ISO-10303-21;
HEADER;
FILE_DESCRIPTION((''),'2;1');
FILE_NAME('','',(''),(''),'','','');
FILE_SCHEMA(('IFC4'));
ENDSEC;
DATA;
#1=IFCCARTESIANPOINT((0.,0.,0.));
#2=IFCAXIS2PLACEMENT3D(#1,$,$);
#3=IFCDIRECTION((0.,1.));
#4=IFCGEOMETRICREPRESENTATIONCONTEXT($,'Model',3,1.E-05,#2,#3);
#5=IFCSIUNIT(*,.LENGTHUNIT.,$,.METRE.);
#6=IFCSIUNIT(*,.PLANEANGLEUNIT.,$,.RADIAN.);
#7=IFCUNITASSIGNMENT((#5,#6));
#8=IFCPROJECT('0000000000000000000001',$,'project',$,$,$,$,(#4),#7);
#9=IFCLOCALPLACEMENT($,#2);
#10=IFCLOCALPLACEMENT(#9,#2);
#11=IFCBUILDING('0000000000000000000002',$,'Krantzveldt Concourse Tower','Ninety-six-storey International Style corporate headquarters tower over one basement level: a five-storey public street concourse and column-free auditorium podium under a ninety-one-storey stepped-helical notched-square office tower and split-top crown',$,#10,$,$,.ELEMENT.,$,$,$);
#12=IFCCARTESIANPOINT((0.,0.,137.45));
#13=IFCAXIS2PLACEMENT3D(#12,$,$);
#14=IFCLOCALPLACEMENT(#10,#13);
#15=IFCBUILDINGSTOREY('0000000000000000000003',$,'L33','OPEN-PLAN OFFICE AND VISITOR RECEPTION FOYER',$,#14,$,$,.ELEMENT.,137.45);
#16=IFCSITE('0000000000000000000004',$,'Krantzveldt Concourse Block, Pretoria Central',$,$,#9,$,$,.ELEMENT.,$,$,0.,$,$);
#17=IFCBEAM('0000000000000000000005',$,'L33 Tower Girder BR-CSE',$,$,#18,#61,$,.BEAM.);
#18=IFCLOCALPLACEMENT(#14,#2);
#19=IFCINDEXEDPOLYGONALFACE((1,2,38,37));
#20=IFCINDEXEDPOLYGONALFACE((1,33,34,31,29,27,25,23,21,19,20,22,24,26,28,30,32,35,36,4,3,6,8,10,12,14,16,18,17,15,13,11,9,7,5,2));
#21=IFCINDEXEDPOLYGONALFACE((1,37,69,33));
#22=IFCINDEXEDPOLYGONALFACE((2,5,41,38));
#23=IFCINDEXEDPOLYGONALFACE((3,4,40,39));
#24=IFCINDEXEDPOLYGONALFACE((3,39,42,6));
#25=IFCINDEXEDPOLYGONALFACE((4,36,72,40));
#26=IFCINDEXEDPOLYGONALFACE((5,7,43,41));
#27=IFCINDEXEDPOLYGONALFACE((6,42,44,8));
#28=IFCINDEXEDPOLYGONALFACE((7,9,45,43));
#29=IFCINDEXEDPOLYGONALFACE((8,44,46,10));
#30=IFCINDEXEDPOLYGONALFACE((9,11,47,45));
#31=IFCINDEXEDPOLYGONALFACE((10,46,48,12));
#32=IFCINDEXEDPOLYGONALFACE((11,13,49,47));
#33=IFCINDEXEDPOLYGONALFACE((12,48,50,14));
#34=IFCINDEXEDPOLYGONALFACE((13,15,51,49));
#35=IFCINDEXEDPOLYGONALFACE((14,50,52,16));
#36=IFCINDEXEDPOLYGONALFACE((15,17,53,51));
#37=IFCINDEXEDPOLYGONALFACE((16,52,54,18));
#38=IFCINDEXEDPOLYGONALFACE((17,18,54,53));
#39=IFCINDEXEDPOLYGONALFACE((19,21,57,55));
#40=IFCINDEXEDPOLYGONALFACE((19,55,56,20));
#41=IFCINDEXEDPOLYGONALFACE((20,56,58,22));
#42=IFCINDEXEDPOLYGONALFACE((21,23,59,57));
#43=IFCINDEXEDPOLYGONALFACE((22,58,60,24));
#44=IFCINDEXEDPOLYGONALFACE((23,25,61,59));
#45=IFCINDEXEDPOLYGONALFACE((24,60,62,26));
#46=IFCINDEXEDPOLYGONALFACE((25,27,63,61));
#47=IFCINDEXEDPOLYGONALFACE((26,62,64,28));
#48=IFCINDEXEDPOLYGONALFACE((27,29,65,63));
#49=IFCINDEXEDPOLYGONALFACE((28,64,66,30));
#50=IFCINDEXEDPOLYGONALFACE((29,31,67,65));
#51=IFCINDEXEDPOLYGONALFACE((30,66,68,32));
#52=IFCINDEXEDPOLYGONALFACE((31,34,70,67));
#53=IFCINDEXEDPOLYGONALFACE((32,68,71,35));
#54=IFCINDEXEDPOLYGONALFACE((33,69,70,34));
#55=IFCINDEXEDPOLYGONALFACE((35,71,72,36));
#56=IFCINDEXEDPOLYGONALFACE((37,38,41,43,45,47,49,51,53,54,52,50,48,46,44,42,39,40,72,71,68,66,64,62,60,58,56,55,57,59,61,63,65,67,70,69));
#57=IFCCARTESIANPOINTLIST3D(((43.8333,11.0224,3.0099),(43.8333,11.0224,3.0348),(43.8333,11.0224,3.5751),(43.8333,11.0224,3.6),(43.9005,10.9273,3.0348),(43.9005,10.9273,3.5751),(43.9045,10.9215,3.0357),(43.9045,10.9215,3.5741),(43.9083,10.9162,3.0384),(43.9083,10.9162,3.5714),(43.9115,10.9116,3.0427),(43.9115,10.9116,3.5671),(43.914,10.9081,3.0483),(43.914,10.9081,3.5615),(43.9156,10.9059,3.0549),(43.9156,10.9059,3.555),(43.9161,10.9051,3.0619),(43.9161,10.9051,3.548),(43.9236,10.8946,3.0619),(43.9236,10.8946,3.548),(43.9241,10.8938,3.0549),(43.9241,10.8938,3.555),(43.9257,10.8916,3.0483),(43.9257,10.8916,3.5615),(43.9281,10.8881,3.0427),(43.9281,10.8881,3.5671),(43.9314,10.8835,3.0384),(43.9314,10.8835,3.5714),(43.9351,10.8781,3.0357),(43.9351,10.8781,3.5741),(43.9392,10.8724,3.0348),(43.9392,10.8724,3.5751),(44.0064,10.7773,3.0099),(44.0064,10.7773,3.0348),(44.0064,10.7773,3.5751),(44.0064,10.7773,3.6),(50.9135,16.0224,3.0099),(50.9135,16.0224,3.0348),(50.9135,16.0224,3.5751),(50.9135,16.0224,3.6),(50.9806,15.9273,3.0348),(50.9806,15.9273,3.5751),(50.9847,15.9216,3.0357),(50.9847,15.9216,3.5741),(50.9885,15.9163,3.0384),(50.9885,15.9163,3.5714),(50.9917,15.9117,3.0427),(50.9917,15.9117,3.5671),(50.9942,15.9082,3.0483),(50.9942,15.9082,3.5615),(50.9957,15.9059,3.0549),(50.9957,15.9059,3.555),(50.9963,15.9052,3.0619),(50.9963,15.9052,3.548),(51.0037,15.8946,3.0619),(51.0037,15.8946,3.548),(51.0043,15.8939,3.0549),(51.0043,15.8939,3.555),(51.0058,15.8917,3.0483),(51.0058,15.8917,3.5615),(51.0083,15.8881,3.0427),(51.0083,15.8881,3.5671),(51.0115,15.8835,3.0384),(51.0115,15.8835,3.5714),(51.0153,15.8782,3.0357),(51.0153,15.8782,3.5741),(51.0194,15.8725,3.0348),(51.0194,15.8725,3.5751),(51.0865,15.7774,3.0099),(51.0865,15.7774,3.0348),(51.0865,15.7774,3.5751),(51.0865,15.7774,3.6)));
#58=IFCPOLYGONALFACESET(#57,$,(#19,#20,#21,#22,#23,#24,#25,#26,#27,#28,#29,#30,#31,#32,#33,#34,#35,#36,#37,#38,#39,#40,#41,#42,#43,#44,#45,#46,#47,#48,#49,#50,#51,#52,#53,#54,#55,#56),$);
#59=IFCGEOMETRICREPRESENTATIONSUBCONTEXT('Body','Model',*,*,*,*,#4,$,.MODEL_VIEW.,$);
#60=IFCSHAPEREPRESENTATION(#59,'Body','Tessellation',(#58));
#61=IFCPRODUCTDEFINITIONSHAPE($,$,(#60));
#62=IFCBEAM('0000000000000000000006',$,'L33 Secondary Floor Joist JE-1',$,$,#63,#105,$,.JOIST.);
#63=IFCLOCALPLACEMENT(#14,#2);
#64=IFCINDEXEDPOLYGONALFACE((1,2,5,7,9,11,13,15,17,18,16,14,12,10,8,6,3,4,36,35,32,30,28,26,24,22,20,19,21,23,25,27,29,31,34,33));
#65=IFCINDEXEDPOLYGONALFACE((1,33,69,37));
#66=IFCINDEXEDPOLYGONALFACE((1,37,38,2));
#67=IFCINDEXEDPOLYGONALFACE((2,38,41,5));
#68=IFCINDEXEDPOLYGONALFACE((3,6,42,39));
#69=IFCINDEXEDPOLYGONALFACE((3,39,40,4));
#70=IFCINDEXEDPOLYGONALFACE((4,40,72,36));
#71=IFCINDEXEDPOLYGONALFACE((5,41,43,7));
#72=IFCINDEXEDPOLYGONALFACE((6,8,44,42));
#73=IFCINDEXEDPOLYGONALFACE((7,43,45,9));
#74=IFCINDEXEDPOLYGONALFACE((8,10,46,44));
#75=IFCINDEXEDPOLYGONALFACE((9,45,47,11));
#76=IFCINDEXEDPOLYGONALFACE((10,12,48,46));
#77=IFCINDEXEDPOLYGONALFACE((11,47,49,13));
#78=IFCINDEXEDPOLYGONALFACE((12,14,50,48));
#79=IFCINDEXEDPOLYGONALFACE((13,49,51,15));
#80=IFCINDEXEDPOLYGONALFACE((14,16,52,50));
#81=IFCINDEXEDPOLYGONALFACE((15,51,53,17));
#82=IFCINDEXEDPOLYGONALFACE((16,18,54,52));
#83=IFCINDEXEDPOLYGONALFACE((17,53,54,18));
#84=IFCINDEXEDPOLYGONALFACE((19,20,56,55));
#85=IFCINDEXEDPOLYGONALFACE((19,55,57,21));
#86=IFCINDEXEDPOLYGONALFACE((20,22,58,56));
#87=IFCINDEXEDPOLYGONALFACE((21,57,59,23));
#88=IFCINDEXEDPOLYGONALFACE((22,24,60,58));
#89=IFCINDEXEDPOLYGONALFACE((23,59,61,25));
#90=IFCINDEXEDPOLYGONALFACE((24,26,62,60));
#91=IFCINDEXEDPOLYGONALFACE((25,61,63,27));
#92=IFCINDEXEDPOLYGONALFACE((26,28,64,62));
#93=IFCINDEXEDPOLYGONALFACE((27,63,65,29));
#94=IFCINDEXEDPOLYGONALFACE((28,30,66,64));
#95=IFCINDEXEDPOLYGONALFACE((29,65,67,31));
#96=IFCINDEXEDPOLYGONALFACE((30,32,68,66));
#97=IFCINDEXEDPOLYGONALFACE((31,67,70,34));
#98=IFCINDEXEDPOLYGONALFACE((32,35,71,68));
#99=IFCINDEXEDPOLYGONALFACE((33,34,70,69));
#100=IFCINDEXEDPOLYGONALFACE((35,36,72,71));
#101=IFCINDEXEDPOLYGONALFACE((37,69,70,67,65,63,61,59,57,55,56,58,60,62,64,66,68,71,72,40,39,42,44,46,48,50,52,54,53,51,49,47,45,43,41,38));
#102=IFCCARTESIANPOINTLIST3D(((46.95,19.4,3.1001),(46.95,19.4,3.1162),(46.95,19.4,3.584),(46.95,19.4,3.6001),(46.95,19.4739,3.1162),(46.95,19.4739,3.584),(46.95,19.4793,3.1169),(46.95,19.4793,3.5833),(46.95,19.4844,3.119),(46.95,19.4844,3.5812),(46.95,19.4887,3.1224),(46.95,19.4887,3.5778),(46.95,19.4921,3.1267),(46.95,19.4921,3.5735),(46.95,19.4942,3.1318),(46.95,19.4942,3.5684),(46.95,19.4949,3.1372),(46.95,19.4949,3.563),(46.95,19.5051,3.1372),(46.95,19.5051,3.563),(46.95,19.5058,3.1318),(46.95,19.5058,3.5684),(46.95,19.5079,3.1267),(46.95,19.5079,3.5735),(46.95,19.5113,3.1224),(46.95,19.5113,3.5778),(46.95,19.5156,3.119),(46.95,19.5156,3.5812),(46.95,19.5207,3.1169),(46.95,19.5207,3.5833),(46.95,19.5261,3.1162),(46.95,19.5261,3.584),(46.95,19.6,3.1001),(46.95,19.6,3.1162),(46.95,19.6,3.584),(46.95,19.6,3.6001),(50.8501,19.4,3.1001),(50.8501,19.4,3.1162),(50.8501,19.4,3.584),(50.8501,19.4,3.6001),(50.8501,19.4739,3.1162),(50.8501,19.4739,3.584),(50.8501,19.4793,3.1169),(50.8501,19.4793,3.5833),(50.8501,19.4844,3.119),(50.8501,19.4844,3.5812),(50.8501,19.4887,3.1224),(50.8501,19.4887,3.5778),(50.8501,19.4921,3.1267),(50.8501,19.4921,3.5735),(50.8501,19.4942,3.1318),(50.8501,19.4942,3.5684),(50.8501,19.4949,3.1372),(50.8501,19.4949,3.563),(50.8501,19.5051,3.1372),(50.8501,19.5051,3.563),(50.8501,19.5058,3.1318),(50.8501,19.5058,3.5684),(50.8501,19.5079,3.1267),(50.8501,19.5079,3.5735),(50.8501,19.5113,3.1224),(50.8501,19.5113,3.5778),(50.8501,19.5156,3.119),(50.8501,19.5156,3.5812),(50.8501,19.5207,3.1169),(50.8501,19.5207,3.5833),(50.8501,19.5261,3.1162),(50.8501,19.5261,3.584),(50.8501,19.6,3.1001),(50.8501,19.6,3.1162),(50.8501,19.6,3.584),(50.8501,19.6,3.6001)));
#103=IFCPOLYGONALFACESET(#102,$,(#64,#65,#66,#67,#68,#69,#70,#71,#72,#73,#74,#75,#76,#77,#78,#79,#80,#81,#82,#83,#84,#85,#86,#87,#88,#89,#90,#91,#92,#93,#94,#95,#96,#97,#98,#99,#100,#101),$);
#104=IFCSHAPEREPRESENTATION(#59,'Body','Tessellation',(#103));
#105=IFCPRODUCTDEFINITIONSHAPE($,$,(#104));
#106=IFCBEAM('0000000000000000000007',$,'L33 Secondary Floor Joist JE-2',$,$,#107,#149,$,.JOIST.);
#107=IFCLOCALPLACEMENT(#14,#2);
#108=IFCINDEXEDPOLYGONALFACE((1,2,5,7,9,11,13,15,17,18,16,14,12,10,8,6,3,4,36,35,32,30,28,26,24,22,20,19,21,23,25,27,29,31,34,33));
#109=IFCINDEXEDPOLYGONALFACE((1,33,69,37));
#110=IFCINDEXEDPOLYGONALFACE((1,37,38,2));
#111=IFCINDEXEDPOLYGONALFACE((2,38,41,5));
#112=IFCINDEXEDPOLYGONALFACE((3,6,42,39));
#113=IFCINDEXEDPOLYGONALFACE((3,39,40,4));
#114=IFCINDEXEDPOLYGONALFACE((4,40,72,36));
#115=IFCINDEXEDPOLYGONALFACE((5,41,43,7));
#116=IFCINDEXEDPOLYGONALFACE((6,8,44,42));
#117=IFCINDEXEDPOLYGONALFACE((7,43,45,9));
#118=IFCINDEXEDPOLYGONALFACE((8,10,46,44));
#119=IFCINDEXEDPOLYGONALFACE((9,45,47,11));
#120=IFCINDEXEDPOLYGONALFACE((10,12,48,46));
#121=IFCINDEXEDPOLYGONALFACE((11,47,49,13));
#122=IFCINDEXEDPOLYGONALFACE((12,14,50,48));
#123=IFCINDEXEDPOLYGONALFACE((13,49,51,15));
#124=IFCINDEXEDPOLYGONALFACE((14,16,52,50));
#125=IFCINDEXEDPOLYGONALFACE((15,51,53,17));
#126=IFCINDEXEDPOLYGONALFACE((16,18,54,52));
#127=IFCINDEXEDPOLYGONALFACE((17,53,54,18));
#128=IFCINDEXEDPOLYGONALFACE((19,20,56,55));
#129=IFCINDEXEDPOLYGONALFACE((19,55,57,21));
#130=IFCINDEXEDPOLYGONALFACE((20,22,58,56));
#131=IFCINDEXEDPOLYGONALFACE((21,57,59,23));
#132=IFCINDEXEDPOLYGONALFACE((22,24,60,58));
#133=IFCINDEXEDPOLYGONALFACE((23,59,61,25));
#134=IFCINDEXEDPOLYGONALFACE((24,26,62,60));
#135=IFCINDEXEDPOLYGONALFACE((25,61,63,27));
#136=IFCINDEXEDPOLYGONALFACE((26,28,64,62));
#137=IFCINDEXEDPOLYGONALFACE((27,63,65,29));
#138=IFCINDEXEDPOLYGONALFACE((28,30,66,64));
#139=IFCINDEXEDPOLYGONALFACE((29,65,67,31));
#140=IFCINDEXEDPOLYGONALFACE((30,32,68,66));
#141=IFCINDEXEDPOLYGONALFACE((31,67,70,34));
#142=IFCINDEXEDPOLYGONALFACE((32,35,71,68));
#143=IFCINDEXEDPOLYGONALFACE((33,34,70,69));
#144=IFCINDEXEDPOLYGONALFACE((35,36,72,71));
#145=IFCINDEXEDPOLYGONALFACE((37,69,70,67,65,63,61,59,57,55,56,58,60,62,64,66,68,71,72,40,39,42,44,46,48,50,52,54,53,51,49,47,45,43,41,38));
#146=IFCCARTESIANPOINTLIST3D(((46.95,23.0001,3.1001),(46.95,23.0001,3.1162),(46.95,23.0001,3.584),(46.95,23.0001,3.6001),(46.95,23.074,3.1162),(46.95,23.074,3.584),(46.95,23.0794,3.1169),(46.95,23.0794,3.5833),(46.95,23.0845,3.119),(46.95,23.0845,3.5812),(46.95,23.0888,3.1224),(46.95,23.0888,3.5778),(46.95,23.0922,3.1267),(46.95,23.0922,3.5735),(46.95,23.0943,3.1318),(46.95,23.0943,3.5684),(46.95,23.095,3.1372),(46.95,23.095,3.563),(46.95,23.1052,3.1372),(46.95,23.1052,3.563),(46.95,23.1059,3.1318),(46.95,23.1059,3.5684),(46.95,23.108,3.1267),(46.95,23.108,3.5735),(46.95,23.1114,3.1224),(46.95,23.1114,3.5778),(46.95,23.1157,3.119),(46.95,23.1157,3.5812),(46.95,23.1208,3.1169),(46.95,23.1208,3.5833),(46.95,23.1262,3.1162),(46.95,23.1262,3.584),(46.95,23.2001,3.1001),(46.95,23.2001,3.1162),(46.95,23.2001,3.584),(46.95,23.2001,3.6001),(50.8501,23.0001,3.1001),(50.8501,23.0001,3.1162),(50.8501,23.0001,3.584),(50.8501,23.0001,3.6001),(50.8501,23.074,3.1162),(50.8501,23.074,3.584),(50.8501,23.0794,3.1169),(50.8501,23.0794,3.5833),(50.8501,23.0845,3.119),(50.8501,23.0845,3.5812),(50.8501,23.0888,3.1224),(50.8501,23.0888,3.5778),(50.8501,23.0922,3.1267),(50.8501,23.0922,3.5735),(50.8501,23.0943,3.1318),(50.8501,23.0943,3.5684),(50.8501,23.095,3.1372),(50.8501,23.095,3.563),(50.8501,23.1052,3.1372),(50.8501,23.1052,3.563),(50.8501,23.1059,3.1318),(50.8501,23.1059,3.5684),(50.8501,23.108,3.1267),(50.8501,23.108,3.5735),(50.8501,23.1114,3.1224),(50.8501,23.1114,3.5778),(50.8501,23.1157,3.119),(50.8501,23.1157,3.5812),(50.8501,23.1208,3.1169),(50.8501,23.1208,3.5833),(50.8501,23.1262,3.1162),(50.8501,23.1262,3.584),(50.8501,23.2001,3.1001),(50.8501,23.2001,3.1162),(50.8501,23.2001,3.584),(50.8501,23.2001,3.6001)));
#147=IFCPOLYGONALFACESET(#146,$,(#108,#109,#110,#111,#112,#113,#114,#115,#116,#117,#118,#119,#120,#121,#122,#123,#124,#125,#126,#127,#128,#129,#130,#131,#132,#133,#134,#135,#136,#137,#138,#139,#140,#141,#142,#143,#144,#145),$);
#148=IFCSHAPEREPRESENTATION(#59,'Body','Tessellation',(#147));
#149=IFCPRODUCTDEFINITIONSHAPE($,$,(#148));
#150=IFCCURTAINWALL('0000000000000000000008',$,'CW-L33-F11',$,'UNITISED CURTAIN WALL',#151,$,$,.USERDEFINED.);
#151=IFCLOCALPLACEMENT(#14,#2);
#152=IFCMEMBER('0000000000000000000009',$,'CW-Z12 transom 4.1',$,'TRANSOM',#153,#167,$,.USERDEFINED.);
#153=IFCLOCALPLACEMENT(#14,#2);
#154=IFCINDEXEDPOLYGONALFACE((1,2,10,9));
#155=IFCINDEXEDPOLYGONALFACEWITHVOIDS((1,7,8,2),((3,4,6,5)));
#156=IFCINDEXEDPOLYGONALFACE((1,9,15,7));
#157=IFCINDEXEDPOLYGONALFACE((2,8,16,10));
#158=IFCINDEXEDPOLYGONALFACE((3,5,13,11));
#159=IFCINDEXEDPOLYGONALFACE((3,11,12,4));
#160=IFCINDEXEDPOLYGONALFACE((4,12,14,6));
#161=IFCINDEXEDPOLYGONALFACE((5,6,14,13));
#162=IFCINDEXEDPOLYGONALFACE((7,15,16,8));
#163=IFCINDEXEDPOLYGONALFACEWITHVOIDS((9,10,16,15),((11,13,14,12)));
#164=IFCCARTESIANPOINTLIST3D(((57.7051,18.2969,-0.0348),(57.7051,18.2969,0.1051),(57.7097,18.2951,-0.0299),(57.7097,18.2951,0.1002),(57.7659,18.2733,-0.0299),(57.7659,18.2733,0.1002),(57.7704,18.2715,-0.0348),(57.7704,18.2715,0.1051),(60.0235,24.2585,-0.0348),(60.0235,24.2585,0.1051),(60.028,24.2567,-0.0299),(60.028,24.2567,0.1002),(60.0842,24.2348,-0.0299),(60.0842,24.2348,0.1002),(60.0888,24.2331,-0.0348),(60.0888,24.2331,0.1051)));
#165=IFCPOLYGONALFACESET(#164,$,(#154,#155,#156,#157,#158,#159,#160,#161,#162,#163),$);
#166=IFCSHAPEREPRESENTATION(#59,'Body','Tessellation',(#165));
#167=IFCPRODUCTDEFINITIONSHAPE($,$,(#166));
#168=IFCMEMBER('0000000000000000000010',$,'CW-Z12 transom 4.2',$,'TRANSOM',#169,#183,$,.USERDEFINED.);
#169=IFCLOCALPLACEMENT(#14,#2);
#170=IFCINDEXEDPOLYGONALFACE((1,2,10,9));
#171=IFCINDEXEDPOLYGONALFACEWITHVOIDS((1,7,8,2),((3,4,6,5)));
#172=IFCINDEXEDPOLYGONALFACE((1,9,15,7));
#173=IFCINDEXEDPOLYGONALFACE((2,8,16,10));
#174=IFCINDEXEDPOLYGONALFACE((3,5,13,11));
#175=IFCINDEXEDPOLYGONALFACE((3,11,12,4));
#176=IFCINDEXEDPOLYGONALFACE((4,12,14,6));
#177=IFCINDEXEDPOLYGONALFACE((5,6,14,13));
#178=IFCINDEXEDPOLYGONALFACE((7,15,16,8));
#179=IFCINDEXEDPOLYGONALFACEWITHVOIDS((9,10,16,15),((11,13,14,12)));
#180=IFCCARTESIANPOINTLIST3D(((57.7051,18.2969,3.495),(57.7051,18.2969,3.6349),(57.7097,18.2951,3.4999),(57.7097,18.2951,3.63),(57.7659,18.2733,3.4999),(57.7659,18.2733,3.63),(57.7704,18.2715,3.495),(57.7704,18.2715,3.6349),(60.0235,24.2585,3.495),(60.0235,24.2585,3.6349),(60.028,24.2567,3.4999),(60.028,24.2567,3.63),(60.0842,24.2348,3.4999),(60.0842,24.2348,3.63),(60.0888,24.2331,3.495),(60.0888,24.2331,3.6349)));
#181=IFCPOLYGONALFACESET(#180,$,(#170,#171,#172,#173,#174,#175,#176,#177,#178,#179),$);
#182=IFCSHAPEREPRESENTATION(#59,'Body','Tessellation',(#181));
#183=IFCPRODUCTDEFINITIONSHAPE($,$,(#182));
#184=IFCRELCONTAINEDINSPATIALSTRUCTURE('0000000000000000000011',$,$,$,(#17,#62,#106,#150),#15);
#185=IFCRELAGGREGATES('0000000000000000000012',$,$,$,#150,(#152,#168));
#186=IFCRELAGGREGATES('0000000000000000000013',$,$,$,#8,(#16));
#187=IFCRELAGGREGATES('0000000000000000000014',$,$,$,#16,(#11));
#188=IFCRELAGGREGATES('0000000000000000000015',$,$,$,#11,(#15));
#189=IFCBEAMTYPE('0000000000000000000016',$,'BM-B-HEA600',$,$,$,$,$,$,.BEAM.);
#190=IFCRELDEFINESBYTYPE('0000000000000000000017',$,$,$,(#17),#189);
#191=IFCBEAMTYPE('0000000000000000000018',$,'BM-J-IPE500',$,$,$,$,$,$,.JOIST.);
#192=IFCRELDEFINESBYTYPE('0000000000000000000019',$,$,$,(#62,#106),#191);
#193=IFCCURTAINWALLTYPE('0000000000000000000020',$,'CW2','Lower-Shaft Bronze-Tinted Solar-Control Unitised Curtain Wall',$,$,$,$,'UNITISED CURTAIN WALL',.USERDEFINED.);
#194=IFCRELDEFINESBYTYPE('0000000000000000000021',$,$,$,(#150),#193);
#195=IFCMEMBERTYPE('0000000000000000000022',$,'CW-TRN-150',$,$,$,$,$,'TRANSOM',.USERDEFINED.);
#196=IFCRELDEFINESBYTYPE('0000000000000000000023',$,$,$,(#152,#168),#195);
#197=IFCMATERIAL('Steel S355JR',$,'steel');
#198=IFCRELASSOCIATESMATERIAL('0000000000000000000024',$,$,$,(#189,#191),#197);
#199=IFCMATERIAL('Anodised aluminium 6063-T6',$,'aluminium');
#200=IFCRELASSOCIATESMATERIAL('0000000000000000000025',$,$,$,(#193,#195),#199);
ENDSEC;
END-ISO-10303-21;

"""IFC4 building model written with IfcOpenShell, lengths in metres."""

from ifc_helpers import new_model, si_unit, direction, frame, origin, origin_2d, place, context, subcontext, project, spatial, hollow_rectangle, i_section, extrude, source, transform, mapped, material, material_profile, profile_set, type_object, type_shapes, element, aggregate, save


model = new_model("IFC4")

# Units and contexts
model_context = context("Model", 3, precision=1e-05, world=origin(), true_north=direction((0.0, 1.0)))
body_context = subcontext(model_context, "Body", "Model", "MODEL_VIEW")
ifc_project = project(units=[si_unit("LENGTHUNIT", "METRE"), si_unit("PLANEANGLEUNIT", "RADIAN")], contexts=[model_context])

# Site, building, storey
site_placement = place(None, origin())
site = spatial("IfcSite", under=ifc_project, at=site_placement, Name="Krantzveldt Concourse Block, Pretoria Central", CompositionType="ELEMENT", RefElevation=0.0)
building_placement = place(site_placement, origin())
building = spatial("IfcBuilding", under=site, at=building_placement, Name="Krantzveldt Concourse Tower", Description="Ninety-six-storey International Style corporate headquarters tower over one basement level: a five-storey public street concourse and column-free auditorium podium under a ninety-one-storey stepped-helical notched-square office tower and split-top crown", CompositionType="ELEMENT")
storey_placement = place(building_placement, frame((0.0, 0.0, 137.45)))
storey = spatial("IfcBuildingStorey", under=building, at=storey_placement, Name="L33", Description="OPEN-PLAN OFFICE AND VISITOR RECEPTION FOYER", CompositionType="ELEMENT", Elevation=137.45)

# Beams
ifc_material_1 = material(Name="Steel S355JR", Category="steel")
ifc_material_profile_1 = material_profile(ifc_material_1, i_section(OverallWidth=0.3, OverallDepth=0.5901, WebThickness=0.0129, FlangeThickness=0.0249, FilletRadius=0.0271, at=origin_2d()), Name="Steel S355JR", Category="steel")
ifc_profile_set_1 = profile_set([ifc_material_profile_1], Name="Steel S355JR - HEA 600")
beam_type_1 = type_object("IfcBeamType", Name="BM-B-HEA600", PredefinedType="BEAM", material=ifc_profile_set_1)
shared_shape_1 = source(origin(), body_context, "Body", "SweptSolid", [
    extrude(i_section(OverallWidth=0.3, OverallDepth=0.5901, WebThickness=0.0129, FlangeThickness=0.0249, FilletRadius=0.0271, at=origin_2d()), origin(), (0.0, 0.0, 1.0), 8.6677),
])
beam_1_placement = place(storey_placement, frame((51.0, 15.8999, 3.3049), z_axis=(-0.816843, -0.57686, 0.0), x_axis=(0.57686, -0.816843, 0.0)))
element("IfcBeam", 1, at=beam_1_placement, inside=storey, type_object=beam_type_1, Name="L33 Tower Girder BR-CSE", PredefinedType="BEAM", context=body_context, shape_type="MappedRepresentation", body=[
    mapped(shared_shape_1, transform((0.0, 0.0, 0.0), x_axis=(1.0, 0.0, 0.0), y_axis=(0.0, 1.0, 0.0), z_axis=(0.0, 0.0, 1.0), scale=1.0)),
])
ifc_material_profile_2 = material_profile(ifc_material_1, i_section(OverallWidth=0.2, OverallDepth=0.5, WebThickness=0.0103, FlangeThickness=0.0161, FilletRadius=0.021, at=origin_2d()), Name="Steel S355JR", Category="steel")
ifc_profile_set_2 = profile_set([ifc_material_profile_2], Name="Steel S355JR - IPE 500")
beam_type_2 = type_object("IfcBeamType", Name="BM-J-IPE500", PredefinedType="JOIST", material=ifc_profile_set_2)
shared_shape_2 = source(origin(), body_context, "Body", "SweptSolid", [
    extrude(i_section(OverallWidth=0.2, OverallDepth=0.5, WebThickness=0.0103, FlangeThickness=0.0161, FilletRadius=0.021, at=origin_2d()), origin(), (0.0, 0.0, 1.0), 3.9001),
])
type_shapes(beam_type_2, [shared_shape_2])
for number, where, z_axis, x_axis, name in (
    (2, (46.95, 19.5, 3.3501), (1.0, 0.0, 0.0), (0.0, 1.0, 0.0), "L33 Secondary Floor Joist JE-1"),
    (3, (46.95, 23.1001, 3.3501), (1.0, 0.0, 0.0), (0.0, 1.0, 0.0), "L33 Secondary Floor Joist JE-2"),
):
    element("IfcBeam", number, at=place(storey_placement, frame(where, z_axis=z_axis, x_axis=x_axis)), inside=storey, type_object=beam_type_2, Name=name, PredefinedType="JOIST", context=body_context, shape_type="MappedRepresentation", body=[
        mapped(shared_shape_2, transform((0.0, 0.0, 0.0), x_axis=(1.0, 0.0, 0.0), y_axis=(0.0, 1.0, 0.0), z_axis=(0.0, 0.0, 1.0), scale=1.0)),
    ])

# Curtain wall, members
ifc_material_2 = material(Name="Anodised aluminium 6063-T6", Category="aluminium")
curtain_wall_type = type_object("IfcCurtainWallType", Name="CW2", Description="Lower-Shaft Bronze-Tinted Solar-Control Unitised Curtain Wall", ElementType="UNITISED CURTAIN WALL", PredefinedType="USERDEFINED", material=ifc_material_2)
curtain_wall_placement = place(storey_placement, origin())
curtain_wall = element("IfcCurtainWall", 4, at=curtain_wall_placement, inside=storey, type_object=curtain_wall_type, Name="CW-L33-F11", ObjectType="UNITISED CURTAIN WALL", PredefinedType="USERDEFINED")
ifc_material_profile_3 = material_profile(ifc_material_2, hollow_rectangle(XDim=0.0701, YDim=0.1399, WallThickness=0.0049, at=origin_2d()), Name="Anodised aluminium 6063-T6", Category="aluminium")
ifc_profile_set_3 = profile_set([ifc_material_profile_3], Name="Anodised aluminium 6063-T6 - ALU-TRAN 140x70x5")
member_type_1 = type_object("IfcMemberType", Name="CW-TRN-150", ElementType="TRANSOM", PredefinedType="USERDEFINED", material=ifc_profile_set_3)
shared_shape_3 = source(origin(), body_context, "Body", "SweptSolid", [
    extrude(hollow_rectangle(XDim=0.0701, YDim=0.1399, WallThickness=0.0049, at=origin_2d()), origin(), (0.0, 0.0, 1.0), 6.3965),
])
type_shapes(member_type_1, [shared_shape_3])
member_1_placement = place(storey_placement, frame((57.7378, 18.2842, 0.0352), z_axis=(0.362437, 0.932008, 0.0), x_axis=(-0.932008, 0.362437, 0.0)))
member_1 = element("IfcMember", 5, at=member_1_placement, type_object=member_type_1, Name="CW-Z12 transom 4.1", ObjectType="TRANSOM", PredefinedType="USERDEFINED", context=body_context, shape_type="MappedRepresentation", body=[
    mapped(shared_shape_3, transform((0.0, 0.0, 0.0), x_axis=(1.0, 0.0, 0.0), y_axis=(0.0, 1.0, 0.0), z_axis=(0.0, 0.0, 1.0), scale=1.0)),
])
member_2_placement = place(storey_placement, frame((57.7378, 18.2842, 3.5649), z_axis=(0.362437, 0.932008, 0.0), x_axis=(-0.932008, 0.362437, 0.0)))
member_2 = element("IfcMember", 6, at=member_2_placement, type_object=member_type_1, Name="CW-Z12 transom 4.2", ObjectType="TRANSOM", PredefinedType="USERDEFINED", context=body_context, shape_type="MappedRepresentation", body=[
    mapped(shared_shape_3, transform((0.0, 0.0, 0.0), x_axis=(1.0, 0.0, 0.0), y_axis=(0.0, 1.0, 0.0), z_axis=(0.0, 0.0, 1.0), scale=1.0)),
])
aggregate(curtain_wall, [member_1, member_2])

save(model, "model.ifc")
